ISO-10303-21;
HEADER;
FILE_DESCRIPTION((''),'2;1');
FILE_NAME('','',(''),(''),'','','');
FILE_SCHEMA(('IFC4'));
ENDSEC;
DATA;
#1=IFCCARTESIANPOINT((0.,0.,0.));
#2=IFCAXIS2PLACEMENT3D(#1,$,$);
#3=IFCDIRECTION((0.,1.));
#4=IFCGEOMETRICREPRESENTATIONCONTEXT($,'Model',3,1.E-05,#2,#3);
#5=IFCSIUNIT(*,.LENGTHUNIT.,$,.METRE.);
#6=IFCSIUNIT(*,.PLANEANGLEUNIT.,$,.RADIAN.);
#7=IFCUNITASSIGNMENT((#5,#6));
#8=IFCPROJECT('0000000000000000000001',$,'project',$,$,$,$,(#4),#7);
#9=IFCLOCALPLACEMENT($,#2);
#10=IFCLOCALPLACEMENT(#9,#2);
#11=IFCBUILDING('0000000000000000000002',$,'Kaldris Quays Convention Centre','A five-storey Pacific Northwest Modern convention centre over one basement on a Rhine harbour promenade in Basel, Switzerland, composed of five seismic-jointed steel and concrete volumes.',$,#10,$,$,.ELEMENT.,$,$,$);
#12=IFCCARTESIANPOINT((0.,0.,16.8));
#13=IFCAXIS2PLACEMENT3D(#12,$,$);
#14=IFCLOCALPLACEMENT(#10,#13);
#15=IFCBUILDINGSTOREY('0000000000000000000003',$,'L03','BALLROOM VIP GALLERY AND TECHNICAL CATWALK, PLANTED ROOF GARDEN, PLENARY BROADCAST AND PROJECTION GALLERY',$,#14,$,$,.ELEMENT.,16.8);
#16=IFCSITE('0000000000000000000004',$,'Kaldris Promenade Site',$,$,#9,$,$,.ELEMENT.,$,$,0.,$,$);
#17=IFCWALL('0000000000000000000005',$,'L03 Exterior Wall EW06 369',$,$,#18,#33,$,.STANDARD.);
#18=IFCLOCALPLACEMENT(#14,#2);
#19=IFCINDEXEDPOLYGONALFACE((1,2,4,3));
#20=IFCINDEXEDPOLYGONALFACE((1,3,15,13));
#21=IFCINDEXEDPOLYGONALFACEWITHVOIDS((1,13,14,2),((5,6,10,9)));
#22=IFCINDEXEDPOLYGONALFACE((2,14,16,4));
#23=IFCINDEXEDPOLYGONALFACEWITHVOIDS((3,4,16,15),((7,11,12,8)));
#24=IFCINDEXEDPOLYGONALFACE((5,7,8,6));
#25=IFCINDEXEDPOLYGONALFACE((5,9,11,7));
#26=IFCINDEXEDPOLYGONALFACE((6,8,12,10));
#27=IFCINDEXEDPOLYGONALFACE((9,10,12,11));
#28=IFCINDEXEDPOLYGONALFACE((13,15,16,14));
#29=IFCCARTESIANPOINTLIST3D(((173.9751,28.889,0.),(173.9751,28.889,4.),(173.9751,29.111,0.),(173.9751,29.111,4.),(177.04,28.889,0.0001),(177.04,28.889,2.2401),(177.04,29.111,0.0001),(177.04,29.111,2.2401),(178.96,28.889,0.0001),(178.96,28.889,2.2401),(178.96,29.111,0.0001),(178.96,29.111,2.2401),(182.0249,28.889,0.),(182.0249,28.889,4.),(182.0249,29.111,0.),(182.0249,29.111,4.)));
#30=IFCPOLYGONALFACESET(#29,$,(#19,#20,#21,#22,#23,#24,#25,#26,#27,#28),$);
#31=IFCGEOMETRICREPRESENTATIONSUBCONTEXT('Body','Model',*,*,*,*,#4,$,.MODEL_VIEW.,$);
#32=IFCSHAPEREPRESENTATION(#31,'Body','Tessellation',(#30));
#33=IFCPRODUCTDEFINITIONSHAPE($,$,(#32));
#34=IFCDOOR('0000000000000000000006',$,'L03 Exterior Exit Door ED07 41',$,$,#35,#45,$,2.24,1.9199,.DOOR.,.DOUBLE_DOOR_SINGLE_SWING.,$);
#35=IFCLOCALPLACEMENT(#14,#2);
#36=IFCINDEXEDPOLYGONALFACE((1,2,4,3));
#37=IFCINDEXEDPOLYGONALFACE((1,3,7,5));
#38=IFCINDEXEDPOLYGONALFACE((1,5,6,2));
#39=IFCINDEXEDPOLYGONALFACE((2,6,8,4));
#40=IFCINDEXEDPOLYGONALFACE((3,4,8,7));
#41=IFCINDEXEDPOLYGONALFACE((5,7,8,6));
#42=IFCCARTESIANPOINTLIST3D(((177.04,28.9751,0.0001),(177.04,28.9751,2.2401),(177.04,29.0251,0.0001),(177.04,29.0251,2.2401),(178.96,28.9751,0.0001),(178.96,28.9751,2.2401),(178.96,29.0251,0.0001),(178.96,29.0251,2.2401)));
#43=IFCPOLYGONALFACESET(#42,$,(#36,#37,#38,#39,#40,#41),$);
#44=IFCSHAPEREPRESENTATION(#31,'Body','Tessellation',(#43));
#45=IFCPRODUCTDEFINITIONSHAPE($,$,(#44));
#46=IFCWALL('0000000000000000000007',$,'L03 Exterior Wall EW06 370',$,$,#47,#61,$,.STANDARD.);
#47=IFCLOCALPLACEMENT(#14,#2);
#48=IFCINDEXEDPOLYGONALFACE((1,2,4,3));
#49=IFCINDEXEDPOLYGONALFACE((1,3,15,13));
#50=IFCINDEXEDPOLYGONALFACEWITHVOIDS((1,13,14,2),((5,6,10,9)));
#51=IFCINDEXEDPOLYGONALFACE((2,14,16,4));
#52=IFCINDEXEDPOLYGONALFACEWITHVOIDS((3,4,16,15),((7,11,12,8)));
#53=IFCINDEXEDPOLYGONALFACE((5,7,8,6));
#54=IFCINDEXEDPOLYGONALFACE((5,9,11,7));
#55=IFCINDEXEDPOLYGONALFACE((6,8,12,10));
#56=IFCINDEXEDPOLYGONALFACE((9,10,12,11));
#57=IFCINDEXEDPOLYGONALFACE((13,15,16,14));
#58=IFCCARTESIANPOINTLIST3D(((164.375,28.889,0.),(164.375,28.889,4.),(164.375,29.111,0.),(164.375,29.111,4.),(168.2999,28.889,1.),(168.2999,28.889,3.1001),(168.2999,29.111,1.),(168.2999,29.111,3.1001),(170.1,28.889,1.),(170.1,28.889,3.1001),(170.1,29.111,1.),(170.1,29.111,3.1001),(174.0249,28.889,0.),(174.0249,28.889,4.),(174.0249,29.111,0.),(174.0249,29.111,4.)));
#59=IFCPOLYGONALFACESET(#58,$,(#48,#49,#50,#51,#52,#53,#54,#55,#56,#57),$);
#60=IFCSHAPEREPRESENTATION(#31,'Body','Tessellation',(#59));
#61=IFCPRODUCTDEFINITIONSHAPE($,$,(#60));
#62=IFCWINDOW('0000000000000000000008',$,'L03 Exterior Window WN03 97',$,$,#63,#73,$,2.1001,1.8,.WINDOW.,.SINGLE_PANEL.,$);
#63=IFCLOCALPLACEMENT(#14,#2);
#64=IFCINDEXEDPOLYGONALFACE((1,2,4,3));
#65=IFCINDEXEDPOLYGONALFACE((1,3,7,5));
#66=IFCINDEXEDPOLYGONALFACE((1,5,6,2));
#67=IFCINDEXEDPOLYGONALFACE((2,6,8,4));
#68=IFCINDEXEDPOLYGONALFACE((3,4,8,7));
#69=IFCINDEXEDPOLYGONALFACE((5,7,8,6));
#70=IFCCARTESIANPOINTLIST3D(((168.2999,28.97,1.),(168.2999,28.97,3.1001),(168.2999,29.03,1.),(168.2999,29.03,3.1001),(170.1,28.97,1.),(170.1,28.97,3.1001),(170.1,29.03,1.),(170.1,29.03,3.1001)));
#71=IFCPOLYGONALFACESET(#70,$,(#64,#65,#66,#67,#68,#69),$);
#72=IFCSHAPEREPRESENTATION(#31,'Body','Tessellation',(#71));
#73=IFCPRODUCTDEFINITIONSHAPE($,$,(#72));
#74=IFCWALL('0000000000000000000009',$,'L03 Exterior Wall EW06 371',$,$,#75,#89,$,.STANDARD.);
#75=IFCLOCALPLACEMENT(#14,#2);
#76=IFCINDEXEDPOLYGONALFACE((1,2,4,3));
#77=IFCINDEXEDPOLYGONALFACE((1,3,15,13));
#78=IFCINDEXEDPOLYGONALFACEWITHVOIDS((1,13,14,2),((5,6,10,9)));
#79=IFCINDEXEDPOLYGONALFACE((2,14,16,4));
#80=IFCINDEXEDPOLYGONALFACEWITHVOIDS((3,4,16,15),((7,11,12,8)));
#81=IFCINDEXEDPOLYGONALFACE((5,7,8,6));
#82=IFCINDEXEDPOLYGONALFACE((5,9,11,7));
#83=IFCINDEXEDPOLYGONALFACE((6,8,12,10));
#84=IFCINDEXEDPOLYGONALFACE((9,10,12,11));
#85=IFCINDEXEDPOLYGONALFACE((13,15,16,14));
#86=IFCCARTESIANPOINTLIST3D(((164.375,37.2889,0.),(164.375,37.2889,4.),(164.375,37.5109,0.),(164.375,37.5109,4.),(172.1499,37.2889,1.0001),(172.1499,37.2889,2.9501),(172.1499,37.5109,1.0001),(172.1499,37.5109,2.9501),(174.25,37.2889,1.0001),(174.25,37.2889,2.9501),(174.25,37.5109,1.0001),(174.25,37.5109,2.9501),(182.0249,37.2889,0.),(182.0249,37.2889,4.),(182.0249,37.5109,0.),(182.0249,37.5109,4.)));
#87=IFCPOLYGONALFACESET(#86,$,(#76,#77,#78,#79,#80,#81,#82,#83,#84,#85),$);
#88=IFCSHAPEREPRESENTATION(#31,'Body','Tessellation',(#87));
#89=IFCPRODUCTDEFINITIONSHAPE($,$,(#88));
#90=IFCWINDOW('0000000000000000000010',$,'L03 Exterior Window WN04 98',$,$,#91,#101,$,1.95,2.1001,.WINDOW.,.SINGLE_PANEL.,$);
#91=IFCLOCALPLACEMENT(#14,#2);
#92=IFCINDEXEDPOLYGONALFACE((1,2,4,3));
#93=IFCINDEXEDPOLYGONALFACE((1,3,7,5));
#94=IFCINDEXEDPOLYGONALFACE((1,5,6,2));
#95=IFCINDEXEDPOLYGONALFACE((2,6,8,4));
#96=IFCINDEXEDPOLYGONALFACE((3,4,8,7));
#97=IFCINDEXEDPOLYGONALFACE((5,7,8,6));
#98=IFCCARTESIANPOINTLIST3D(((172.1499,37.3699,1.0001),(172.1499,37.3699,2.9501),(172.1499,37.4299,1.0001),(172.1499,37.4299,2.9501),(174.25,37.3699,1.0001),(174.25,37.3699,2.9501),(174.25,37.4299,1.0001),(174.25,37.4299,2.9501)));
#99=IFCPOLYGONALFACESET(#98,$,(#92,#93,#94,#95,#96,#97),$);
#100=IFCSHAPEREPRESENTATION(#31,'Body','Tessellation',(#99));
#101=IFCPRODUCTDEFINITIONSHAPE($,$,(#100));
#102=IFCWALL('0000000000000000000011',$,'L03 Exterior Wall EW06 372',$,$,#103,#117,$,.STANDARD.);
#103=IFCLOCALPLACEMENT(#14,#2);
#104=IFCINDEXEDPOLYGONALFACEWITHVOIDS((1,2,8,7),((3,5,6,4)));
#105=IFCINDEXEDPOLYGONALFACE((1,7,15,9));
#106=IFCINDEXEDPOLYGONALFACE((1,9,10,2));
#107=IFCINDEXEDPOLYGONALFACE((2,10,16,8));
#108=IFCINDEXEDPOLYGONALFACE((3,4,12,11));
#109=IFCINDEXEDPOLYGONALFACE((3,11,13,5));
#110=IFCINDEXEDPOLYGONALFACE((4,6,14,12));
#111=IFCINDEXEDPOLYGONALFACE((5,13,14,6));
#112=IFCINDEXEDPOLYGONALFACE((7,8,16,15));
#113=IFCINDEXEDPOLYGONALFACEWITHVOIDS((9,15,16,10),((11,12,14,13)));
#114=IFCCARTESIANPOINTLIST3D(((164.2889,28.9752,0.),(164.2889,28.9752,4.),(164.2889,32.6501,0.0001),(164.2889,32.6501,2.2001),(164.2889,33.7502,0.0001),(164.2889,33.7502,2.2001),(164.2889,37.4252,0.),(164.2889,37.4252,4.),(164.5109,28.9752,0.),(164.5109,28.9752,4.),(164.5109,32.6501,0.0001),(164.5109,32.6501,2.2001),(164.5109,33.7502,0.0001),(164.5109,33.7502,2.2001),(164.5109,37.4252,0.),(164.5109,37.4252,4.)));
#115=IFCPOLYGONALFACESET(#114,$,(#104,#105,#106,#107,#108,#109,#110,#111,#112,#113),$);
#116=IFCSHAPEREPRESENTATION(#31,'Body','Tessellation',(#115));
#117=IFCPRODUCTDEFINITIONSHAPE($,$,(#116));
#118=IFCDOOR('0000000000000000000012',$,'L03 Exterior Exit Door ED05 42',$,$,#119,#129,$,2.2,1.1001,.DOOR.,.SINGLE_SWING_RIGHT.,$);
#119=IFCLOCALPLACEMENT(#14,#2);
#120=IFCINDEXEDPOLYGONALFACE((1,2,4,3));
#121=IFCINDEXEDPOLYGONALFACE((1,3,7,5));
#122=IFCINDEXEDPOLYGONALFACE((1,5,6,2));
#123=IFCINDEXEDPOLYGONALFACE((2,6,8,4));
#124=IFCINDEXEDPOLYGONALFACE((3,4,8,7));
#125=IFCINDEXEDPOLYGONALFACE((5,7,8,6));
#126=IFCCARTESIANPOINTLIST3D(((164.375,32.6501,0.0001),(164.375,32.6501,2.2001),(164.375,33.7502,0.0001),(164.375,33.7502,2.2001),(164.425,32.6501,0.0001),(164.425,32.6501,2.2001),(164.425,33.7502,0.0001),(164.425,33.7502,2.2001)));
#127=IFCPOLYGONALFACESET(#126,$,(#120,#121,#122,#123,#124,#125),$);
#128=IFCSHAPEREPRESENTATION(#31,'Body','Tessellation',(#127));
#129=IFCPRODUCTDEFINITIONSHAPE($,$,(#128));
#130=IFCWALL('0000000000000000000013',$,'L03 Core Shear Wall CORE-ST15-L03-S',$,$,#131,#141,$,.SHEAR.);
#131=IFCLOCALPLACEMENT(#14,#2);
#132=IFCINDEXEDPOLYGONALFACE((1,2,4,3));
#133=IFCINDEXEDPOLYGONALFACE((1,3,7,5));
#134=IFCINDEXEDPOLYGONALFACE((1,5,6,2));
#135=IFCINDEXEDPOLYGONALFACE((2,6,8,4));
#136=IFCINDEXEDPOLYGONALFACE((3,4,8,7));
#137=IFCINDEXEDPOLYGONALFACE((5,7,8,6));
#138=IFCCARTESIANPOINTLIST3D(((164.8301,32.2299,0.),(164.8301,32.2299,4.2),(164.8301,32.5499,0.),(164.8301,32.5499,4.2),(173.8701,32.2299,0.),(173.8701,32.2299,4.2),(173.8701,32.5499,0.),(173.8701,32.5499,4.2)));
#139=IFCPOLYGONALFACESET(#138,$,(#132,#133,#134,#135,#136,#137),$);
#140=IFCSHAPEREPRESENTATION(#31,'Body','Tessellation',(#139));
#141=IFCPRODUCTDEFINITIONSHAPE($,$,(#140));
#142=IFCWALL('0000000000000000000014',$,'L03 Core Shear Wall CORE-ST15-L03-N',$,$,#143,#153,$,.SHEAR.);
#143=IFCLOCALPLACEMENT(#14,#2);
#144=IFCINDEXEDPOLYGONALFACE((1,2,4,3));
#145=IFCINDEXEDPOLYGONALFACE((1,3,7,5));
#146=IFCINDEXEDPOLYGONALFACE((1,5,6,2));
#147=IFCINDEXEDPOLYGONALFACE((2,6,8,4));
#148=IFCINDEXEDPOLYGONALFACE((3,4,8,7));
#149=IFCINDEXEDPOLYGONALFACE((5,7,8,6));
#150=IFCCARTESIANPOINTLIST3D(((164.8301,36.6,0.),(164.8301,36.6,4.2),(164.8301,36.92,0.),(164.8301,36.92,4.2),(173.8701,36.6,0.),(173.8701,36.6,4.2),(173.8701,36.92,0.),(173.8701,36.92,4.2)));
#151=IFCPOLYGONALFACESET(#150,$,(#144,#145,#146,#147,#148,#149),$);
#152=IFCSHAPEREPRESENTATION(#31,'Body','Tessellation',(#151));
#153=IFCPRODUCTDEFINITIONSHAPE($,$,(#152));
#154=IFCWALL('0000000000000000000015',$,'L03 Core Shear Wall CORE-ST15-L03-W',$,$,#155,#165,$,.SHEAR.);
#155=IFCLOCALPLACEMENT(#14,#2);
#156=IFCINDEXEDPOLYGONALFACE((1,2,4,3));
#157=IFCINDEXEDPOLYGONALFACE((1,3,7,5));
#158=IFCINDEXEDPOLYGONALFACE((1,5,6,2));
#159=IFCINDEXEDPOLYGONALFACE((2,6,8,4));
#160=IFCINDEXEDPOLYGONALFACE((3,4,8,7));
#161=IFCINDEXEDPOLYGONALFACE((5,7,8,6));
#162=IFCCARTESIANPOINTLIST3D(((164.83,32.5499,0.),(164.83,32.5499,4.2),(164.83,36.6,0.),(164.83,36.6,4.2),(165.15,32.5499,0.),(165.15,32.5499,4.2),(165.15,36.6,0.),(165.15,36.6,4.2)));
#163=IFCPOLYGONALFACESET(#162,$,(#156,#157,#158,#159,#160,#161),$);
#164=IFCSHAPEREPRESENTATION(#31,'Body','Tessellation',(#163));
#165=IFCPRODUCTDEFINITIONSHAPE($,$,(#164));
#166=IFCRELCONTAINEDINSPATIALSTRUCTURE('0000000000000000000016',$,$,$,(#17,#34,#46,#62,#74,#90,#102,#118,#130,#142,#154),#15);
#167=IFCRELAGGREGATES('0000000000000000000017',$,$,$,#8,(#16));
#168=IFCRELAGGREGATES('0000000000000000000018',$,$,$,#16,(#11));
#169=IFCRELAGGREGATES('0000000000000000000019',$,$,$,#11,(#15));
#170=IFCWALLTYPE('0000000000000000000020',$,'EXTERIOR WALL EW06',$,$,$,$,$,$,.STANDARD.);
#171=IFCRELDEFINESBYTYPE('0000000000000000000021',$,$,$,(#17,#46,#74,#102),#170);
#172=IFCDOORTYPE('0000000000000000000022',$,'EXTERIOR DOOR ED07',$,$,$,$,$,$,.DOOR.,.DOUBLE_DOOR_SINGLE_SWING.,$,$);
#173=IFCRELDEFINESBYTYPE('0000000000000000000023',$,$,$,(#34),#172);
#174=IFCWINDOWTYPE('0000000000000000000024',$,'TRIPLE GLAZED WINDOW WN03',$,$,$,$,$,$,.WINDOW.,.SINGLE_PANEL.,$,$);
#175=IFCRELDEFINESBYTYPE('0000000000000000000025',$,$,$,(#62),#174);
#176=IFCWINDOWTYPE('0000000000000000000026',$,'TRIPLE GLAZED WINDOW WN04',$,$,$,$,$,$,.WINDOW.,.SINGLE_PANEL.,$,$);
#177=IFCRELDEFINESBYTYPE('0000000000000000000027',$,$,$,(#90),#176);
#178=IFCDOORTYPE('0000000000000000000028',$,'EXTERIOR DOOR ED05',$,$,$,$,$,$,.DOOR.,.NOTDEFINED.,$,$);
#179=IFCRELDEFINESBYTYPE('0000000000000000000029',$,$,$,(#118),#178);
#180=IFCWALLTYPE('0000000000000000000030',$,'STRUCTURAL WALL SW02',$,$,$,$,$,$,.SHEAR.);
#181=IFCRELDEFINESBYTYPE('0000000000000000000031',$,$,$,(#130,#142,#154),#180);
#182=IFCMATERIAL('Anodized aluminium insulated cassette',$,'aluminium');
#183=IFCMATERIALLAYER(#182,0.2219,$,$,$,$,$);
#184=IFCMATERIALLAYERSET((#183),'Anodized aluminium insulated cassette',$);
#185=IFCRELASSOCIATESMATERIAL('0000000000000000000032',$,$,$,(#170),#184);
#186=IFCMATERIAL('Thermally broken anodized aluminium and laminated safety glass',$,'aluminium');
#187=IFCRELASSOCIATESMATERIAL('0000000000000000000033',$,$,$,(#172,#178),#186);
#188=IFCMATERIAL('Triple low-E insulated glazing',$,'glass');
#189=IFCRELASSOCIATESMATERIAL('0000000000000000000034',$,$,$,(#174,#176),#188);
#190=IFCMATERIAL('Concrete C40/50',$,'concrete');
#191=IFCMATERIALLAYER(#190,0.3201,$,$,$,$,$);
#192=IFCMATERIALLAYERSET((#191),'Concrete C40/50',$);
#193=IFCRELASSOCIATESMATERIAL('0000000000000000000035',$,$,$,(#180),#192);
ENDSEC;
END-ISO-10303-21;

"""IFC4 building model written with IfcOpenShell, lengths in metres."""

from ifc_helpers import new_model, si_unit, direction, frame, frame_2d, origin, place, context, subcontext, project, spatial, rectangle, extrude, material, layer, layer_set, type_object, element, fill, save


model = new_model("IFC4")

# Units and contexts
model_context = context("Model", 3, precision=1e-05, world=origin(), true_north=direction((0.0, 1.0)))
body_context = subcontext(model_context, "Body", "Model", "MODEL_VIEW")
ifc_project = project(units=[si_unit("LENGTHUNIT", "METRE"), si_unit("PLANEANGLEUNIT", "RADIAN")], contexts=[model_context])

# Site, building, storey
site_placement = place(None, origin())
site = spatial("IfcSite", under=ifc_project, at=site_placement, Name="Kaldris Promenade Site", CompositionType="ELEMENT", RefElevation=0.0)
building_placement = place(site_placement, origin())
building = spatial("IfcBuilding", under=site, at=building_placement, Name="Kaldris Quays Convention Centre", Description="A five-storey Pacific Northwest Modern convention centre over one basement on a Rhine harbour promenade in Basel, Switzerland, composed of five seismic-jointed steel and concrete volumes.", CompositionType="ELEMENT")
storey_placement = place(building_placement, frame((0.0, 0.0, 16.8)))
storey = spatial("IfcBuildingStorey", under=building, at=storey_placement, Name="L03", Description="BALLROOM VIP GALLERY AND TECHNICAL CATWALK, PLANTED ROOF GARDEN, PLENARY BROADCAST AND PROJECTION GALLERY", CompositionType="ELEMENT", Elevation=16.8)

# Shared definitions
ifc_material_1 = material(Name="Triple low-E insulated glazing", Category="glass")

# Wall, opening, door
ifc_material_2 = material(Name="Anodized aluminium insulated cassette", Category="aluminium")
ifc_layer_1 = layer(ifc_material_2, 0.2219)
ifc_layer_set_1 = layer_set([ifc_layer_1], Name="Anodized aluminium insulated cassette")
wall_type_1 = type_object("IfcWallType", Name="EXTERIOR WALL EW06", PredefinedType="STANDARD", material=ifc_layer_set_1)
wall_1_placement = place(storey_placement, frame((173.9751, 29.0, 0.0), z_axis=(0.0, 0.0, 1.0), x_axis=(1.0, 0.0, 0.0)))
wall_1 = element("IfcWall", 1, at=wall_1_placement, inside=storey, type_object=wall_type_1, Name="L03 Exterior Wall EW06 369", PredefinedType="STANDARD", context=body_context, shape_type="SweptSolid", body=[
    extrude(rectangle(XDim=8.0498, YDim=0.2219, at=frame_2d((4.0249, 0.0))), origin(), (0.0, 0.0, 1.0), 4.0),
])
opening_1_placement = place(wall_1_placement, frame((3.0649, 0.0, 0.0)))
opening_1 = element("IfcOpeningElement", 2, at=opening_1_placement, cuts=wall_1, PredefinedType="OPENING", context=body_context, shape_type="SweptSolid", body=[
    extrude(rectangle(XDim=1.9199, YDim=2.24, at=frame_2d((0.96, 1.1201))), frame((0.0, 0.1211, 0.0), z_axis=(0.0, -1.0, 0.0), x_axis=(1.0, 0.0, 0.0)), (0.0, 0.0, 1.0), 0.2419),
])
ifc_material_3 = material(Name="Thermally broken anodized aluminium and laminated safety glass", Category="aluminium")
door_type_1 = type_object("IfcDoorType", Name="EXTERIOR DOOR ED07", OperationType="DOUBLE_DOOR_SINGLE_SWING", PredefinedType="DOOR", material=ifc_material_3)
door_1_placement = place(opening_1_placement, frame((1.9199, 0.0, 0.0), z_axis=(0.0, 0.0, 1.0), x_axis=(-1.0, 0.0, 0.0)))
door_1 = element("IfcDoor", 3, at=door_1_placement, inside=storey, type_object=door_type_1, Name="L03 Exterior Exit Door ED07 41", OperationType="DOUBLE_DOOR_SINGLE_SWING", OverallHeight=2.24, OverallWidth=1.9199, PredefinedType="DOOR", context=body_context, shape_type="SweptSolid", body=[
    extrude(rectangle(XDim=1.9199, YDim=2.24, at=frame_2d((0.96, 1.1201))), frame((0.0, 0.0249, 0.0), z_axis=(0.0, -1.0, 0.0), x_axis=(1.0, 0.0, 0.0)), (0.0, 0.0, 1.0), 0.05),
])
fill(opening_1, door_1)

# Walls, openings, windows
wall_2_placement = place(storey_placement, frame((164.375, 29.0, 0.0), z_axis=(0.0, 0.0, 1.0), x_axis=(1.0, 0.0, 0.0)))
wall_2 = element("IfcWall", 4, at=wall_2_placement, inside=storey, type_object=wall_type_1, Name="L03 Exterior Wall EW06 370", PredefinedType="STANDARD", context=body_context, shape_type="SweptSolid", body=[
    extrude(rectangle(XDim=9.6499, YDim=0.2219, at=frame_2d((4.825, 0.0))), origin(), (0.0, 0.0, 1.0), 4.0),
])
opening_2_placement = place(wall_2_placement, frame((3.925, 0.0, 1.0)))
opening_2 = element("IfcOpeningElement", 5, at=opening_2_placement, cuts=wall_2, PredefinedType="OPENING", context=body_context, shape_type="SweptSolid", body=[
    extrude(rectangle(XDim=1.8, YDim=2.1001, at=frame_2d((0.8999, 1.05))), frame((0.0, 0.1211, 0.0), z_axis=(0.0, -1.0, 0.0), x_axis=(1.0, 0.0, 0.0)), (0.0, 0.0, 1.0), 0.2419),
])
window_type_1 = type_object("IfcWindowType", Name="TRIPLE GLAZED WINDOW WN03", PartitioningType="SINGLE_PANEL", PredefinedType="WINDOW", material=ifc_material_1)
window_1_placement = place(opening_2_placement, origin())
window_1 = element("IfcWindow", 6, at=window_1_placement, inside=storey, type_object=window_type_1, Name="L03 Exterior Window WN03 97", OverallHeight=2.1001, OverallWidth=1.8, PartitioningType="SINGLE_PANEL", PredefinedType="WINDOW", context=body_context, shape_type="SweptSolid", body=[
    extrude(rectangle(XDim=1.8, YDim=2.1001, at=frame_2d((0.8999, 1.05))), frame((0.0, 0.03, 0.0), z_axis=(0.0, -1.0, 0.0), x_axis=(1.0, 0.0, 0.0)), (0.0, 0.0, 1.0), 0.0601),
])
fill(opening_2, window_1)
wall_3_placement = place(storey_placement, frame((164.375, 37.3999, 0.0), z_axis=(0.0, 0.0, 1.0), x_axis=(1.0, 0.0, 0.0)))
wall_3 = element("IfcWall", 7, at=wall_3_placement, inside=storey, type_object=wall_type_1, Name="L03 Exterior Wall EW06 371", PredefinedType="STANDARD", context=body_context, shape_type="SweptSolid", body=[
    extrude(rectangle(XDim=17.6499, YDim=0.2219, at=frame_2d((8.825, 0.0))), origin(), (0.0, 0.0, 1.0), 4.0),
])
opening_3_placement = place(wall_3_placement, frame((7.7749, 0.0, 1.0)))
opening_3 = element("IfcOpeningElement", 8, at=opening_3_placement, cuts=wall_3, PredefinedType="OPENING", context=body_context, shape_type="SweptSolid", body=[
    extrude(rectangle(XDim=2.1001, YDim=1.95, at=frame_2d((1.05, 0.9751))), frame((0.0, 0.1211, 0.0), z_axis=(0.0, -1.0, 0.0), x_axis=(1.0, 0.0, 0.0)), (0.0, 0.0, 1.0), 0.2419),
])
window_type_2 = type_object("IfcWindowType", Name="TRIPLE GLAZED WINDOW WN04", PartitioningType="SINGLE_PANEL", PredefinedType="WINDOW", material=ifc_material_1)
window_2_placement = place(opening_3_placement, origin())
window_2 = element("IfcWindow", 9, at=window_2_placement, inside=storey, type_object=window_type_2, Name="L03 Exterior Window WN04 98", OverallHeight=1.95, OverallWidth=2.1001, PartitioningType="SINGLE_PANEL", PredefinedType="WINDOW", context=body_context, shape_type="SweptSolid", body=[
    extrude(rectangle(XDim=2.1001, YDim=1.95, at=frame_2d((1.05, 0.9751))), frame((0.0, 0.03, 0.0), z_axis=(0.0, -1.0, 0.0), x_axis=(1.0, 0.0, 0.0)), (0.0, 0.0, 1.0), 0.0601),
])
fill(opening_3, window_2)

# Wall, opening, door
wall_4_placement = place(storey_placement, frame((164.3999, 28.9751, 0.0), z_axis=(0.0, 0.0, 1.0), x_axis=(0.0, 1.0, 0.0)))
wall_4 = element("IfcWall", 10, at=wall_4_placement, inside=storey, type_object=wall_type_1, Name="L03 Exterior Wall EW06 372", PredefinedType="STANDARD", context=body_context, shape_type="SweptSolid", body=[
    extrude(rectangle(XDim=8.45, YDim=0.2219, at=frame_2d((4.2251, 0.0))), origin(), (0.0, 0.0, 1.0), 4.0),
])
opening_4_placement = place(wall_4_placement, frame((3.675, 0.0, 0.0)))
opening_4 = element("IfcOpeningElement", 11, at=opening_4_placement, cuts=wall_4, PredefinedType="OPENING", context=body_context, shape_type="SweptSolid", body=[
    extrude(rectangle(XDim=1.1001, YDim=2.2, at=frame_2d((0.55, 1.1001))), frame((0.0, 0.1211, 0.0), z_axis=(0.0, -1.0, 0.0), x_axis=(1.0, 0.0, 0.0)), (0.0, 0.0, 1.0), 0.2419),
])
door_type_2 = type_object("IfcDoorType", Name="EXTERIOR DOOR ED05", OperationType="NOTDEFINED", PredefinedType="DOOR", material=ifc_material_3)
door_2_placement = place(opening_4_placement, origin())
door_2 = element("IfcDoor", 12, at=door_2_placement, inside=storey, type_object=door_type_2, Name="L03 Exterior Exit Door ED05 42", OperationType="SINGLE_SWING_RIGHT", OverallHeight=2.2, OverallWidth=1.1001, PredefinedType="DOOR", context=body_context, shape_type="SweptSolid", body=[
    extrude(rectangle(XDim=1.1001, YDim=2.2, at=frame_2d((0.55, 1.1001))), frame((0.0, 0.0249, 0.0), z_axis=(0.0, -1.0, 0.0), x_axis=(1.0, 0.0, 0.0)), (0.0, 0.0, 1.0), 0.05),
])
fill(opening_4, door_2)

# Walls
ifc_material_4 = material(Name="Concrete C40/50", Category="concrete")
ifc_layer_2 = layer(ifc_material_4, 0.3201)
ifc_layer_set_2 = layer_set([ifc_layer_2], Name="Concrete C40/50")
wall_type_2 = type_object("IfcWallType", Name="STRUCTURAL WALL SW02", PredefinedType="SHEAR", material=ifc_layer_set_2)
for number, where, z_axis, x_axis, name in (
    (13, (164.8301, 32.3899, 0.0), (0.0, 0.0, 1.0), (1.0, 0.0, 0.0), "L03 Core Shear Wall CORE-ST15-L03-S"),
    (14, (164.8301, 36.76, 0.0), (0.0, 0.0, 1.0), (1.0, 0.0, 0.0), "L03 Core Shear Wall CORE-ST15-L03-N"),
):
    element("IfcWall", number, at=place(storey_placement, frame(where, z_axis=z_axis, x_axis=x_axis)), inside=storey, type_object=wall_type_2, Name=name, PredefinedType="SHEAR", context=body_context, shape_type="SweptSolid", body=[
        extrude(rectangle(XDim=9.04, YDim=0.3201, at=frame_2d((4.52, 0.0))), origin(), (0.0, 0.0, 1.0), 4.2),
    ])
wall_5_placement = place(storey_placement, frame((164.99, 32.55, 0.0), z_axis=(0.0, 0.0, 1.0), x_axis=(0.0, 1.0, 0.0)))
element("IfcWall", 15, at=wall_5_placement, inside=storey, type_object=wall_type_2, Name="L03 Core Shear Wall CORE-ST15-L03-W", PredefinedType="SHEAR", context=body_context, shape_type="SweptSolid", body=[
    extrude(rectangle(XDim=4.05, YDim=0.3201, at=frame_2d((2.0249, 0.0))), origin(), (0.0, 0.0, 1.0), 4.2),
])

save(model, "model.ifc")
